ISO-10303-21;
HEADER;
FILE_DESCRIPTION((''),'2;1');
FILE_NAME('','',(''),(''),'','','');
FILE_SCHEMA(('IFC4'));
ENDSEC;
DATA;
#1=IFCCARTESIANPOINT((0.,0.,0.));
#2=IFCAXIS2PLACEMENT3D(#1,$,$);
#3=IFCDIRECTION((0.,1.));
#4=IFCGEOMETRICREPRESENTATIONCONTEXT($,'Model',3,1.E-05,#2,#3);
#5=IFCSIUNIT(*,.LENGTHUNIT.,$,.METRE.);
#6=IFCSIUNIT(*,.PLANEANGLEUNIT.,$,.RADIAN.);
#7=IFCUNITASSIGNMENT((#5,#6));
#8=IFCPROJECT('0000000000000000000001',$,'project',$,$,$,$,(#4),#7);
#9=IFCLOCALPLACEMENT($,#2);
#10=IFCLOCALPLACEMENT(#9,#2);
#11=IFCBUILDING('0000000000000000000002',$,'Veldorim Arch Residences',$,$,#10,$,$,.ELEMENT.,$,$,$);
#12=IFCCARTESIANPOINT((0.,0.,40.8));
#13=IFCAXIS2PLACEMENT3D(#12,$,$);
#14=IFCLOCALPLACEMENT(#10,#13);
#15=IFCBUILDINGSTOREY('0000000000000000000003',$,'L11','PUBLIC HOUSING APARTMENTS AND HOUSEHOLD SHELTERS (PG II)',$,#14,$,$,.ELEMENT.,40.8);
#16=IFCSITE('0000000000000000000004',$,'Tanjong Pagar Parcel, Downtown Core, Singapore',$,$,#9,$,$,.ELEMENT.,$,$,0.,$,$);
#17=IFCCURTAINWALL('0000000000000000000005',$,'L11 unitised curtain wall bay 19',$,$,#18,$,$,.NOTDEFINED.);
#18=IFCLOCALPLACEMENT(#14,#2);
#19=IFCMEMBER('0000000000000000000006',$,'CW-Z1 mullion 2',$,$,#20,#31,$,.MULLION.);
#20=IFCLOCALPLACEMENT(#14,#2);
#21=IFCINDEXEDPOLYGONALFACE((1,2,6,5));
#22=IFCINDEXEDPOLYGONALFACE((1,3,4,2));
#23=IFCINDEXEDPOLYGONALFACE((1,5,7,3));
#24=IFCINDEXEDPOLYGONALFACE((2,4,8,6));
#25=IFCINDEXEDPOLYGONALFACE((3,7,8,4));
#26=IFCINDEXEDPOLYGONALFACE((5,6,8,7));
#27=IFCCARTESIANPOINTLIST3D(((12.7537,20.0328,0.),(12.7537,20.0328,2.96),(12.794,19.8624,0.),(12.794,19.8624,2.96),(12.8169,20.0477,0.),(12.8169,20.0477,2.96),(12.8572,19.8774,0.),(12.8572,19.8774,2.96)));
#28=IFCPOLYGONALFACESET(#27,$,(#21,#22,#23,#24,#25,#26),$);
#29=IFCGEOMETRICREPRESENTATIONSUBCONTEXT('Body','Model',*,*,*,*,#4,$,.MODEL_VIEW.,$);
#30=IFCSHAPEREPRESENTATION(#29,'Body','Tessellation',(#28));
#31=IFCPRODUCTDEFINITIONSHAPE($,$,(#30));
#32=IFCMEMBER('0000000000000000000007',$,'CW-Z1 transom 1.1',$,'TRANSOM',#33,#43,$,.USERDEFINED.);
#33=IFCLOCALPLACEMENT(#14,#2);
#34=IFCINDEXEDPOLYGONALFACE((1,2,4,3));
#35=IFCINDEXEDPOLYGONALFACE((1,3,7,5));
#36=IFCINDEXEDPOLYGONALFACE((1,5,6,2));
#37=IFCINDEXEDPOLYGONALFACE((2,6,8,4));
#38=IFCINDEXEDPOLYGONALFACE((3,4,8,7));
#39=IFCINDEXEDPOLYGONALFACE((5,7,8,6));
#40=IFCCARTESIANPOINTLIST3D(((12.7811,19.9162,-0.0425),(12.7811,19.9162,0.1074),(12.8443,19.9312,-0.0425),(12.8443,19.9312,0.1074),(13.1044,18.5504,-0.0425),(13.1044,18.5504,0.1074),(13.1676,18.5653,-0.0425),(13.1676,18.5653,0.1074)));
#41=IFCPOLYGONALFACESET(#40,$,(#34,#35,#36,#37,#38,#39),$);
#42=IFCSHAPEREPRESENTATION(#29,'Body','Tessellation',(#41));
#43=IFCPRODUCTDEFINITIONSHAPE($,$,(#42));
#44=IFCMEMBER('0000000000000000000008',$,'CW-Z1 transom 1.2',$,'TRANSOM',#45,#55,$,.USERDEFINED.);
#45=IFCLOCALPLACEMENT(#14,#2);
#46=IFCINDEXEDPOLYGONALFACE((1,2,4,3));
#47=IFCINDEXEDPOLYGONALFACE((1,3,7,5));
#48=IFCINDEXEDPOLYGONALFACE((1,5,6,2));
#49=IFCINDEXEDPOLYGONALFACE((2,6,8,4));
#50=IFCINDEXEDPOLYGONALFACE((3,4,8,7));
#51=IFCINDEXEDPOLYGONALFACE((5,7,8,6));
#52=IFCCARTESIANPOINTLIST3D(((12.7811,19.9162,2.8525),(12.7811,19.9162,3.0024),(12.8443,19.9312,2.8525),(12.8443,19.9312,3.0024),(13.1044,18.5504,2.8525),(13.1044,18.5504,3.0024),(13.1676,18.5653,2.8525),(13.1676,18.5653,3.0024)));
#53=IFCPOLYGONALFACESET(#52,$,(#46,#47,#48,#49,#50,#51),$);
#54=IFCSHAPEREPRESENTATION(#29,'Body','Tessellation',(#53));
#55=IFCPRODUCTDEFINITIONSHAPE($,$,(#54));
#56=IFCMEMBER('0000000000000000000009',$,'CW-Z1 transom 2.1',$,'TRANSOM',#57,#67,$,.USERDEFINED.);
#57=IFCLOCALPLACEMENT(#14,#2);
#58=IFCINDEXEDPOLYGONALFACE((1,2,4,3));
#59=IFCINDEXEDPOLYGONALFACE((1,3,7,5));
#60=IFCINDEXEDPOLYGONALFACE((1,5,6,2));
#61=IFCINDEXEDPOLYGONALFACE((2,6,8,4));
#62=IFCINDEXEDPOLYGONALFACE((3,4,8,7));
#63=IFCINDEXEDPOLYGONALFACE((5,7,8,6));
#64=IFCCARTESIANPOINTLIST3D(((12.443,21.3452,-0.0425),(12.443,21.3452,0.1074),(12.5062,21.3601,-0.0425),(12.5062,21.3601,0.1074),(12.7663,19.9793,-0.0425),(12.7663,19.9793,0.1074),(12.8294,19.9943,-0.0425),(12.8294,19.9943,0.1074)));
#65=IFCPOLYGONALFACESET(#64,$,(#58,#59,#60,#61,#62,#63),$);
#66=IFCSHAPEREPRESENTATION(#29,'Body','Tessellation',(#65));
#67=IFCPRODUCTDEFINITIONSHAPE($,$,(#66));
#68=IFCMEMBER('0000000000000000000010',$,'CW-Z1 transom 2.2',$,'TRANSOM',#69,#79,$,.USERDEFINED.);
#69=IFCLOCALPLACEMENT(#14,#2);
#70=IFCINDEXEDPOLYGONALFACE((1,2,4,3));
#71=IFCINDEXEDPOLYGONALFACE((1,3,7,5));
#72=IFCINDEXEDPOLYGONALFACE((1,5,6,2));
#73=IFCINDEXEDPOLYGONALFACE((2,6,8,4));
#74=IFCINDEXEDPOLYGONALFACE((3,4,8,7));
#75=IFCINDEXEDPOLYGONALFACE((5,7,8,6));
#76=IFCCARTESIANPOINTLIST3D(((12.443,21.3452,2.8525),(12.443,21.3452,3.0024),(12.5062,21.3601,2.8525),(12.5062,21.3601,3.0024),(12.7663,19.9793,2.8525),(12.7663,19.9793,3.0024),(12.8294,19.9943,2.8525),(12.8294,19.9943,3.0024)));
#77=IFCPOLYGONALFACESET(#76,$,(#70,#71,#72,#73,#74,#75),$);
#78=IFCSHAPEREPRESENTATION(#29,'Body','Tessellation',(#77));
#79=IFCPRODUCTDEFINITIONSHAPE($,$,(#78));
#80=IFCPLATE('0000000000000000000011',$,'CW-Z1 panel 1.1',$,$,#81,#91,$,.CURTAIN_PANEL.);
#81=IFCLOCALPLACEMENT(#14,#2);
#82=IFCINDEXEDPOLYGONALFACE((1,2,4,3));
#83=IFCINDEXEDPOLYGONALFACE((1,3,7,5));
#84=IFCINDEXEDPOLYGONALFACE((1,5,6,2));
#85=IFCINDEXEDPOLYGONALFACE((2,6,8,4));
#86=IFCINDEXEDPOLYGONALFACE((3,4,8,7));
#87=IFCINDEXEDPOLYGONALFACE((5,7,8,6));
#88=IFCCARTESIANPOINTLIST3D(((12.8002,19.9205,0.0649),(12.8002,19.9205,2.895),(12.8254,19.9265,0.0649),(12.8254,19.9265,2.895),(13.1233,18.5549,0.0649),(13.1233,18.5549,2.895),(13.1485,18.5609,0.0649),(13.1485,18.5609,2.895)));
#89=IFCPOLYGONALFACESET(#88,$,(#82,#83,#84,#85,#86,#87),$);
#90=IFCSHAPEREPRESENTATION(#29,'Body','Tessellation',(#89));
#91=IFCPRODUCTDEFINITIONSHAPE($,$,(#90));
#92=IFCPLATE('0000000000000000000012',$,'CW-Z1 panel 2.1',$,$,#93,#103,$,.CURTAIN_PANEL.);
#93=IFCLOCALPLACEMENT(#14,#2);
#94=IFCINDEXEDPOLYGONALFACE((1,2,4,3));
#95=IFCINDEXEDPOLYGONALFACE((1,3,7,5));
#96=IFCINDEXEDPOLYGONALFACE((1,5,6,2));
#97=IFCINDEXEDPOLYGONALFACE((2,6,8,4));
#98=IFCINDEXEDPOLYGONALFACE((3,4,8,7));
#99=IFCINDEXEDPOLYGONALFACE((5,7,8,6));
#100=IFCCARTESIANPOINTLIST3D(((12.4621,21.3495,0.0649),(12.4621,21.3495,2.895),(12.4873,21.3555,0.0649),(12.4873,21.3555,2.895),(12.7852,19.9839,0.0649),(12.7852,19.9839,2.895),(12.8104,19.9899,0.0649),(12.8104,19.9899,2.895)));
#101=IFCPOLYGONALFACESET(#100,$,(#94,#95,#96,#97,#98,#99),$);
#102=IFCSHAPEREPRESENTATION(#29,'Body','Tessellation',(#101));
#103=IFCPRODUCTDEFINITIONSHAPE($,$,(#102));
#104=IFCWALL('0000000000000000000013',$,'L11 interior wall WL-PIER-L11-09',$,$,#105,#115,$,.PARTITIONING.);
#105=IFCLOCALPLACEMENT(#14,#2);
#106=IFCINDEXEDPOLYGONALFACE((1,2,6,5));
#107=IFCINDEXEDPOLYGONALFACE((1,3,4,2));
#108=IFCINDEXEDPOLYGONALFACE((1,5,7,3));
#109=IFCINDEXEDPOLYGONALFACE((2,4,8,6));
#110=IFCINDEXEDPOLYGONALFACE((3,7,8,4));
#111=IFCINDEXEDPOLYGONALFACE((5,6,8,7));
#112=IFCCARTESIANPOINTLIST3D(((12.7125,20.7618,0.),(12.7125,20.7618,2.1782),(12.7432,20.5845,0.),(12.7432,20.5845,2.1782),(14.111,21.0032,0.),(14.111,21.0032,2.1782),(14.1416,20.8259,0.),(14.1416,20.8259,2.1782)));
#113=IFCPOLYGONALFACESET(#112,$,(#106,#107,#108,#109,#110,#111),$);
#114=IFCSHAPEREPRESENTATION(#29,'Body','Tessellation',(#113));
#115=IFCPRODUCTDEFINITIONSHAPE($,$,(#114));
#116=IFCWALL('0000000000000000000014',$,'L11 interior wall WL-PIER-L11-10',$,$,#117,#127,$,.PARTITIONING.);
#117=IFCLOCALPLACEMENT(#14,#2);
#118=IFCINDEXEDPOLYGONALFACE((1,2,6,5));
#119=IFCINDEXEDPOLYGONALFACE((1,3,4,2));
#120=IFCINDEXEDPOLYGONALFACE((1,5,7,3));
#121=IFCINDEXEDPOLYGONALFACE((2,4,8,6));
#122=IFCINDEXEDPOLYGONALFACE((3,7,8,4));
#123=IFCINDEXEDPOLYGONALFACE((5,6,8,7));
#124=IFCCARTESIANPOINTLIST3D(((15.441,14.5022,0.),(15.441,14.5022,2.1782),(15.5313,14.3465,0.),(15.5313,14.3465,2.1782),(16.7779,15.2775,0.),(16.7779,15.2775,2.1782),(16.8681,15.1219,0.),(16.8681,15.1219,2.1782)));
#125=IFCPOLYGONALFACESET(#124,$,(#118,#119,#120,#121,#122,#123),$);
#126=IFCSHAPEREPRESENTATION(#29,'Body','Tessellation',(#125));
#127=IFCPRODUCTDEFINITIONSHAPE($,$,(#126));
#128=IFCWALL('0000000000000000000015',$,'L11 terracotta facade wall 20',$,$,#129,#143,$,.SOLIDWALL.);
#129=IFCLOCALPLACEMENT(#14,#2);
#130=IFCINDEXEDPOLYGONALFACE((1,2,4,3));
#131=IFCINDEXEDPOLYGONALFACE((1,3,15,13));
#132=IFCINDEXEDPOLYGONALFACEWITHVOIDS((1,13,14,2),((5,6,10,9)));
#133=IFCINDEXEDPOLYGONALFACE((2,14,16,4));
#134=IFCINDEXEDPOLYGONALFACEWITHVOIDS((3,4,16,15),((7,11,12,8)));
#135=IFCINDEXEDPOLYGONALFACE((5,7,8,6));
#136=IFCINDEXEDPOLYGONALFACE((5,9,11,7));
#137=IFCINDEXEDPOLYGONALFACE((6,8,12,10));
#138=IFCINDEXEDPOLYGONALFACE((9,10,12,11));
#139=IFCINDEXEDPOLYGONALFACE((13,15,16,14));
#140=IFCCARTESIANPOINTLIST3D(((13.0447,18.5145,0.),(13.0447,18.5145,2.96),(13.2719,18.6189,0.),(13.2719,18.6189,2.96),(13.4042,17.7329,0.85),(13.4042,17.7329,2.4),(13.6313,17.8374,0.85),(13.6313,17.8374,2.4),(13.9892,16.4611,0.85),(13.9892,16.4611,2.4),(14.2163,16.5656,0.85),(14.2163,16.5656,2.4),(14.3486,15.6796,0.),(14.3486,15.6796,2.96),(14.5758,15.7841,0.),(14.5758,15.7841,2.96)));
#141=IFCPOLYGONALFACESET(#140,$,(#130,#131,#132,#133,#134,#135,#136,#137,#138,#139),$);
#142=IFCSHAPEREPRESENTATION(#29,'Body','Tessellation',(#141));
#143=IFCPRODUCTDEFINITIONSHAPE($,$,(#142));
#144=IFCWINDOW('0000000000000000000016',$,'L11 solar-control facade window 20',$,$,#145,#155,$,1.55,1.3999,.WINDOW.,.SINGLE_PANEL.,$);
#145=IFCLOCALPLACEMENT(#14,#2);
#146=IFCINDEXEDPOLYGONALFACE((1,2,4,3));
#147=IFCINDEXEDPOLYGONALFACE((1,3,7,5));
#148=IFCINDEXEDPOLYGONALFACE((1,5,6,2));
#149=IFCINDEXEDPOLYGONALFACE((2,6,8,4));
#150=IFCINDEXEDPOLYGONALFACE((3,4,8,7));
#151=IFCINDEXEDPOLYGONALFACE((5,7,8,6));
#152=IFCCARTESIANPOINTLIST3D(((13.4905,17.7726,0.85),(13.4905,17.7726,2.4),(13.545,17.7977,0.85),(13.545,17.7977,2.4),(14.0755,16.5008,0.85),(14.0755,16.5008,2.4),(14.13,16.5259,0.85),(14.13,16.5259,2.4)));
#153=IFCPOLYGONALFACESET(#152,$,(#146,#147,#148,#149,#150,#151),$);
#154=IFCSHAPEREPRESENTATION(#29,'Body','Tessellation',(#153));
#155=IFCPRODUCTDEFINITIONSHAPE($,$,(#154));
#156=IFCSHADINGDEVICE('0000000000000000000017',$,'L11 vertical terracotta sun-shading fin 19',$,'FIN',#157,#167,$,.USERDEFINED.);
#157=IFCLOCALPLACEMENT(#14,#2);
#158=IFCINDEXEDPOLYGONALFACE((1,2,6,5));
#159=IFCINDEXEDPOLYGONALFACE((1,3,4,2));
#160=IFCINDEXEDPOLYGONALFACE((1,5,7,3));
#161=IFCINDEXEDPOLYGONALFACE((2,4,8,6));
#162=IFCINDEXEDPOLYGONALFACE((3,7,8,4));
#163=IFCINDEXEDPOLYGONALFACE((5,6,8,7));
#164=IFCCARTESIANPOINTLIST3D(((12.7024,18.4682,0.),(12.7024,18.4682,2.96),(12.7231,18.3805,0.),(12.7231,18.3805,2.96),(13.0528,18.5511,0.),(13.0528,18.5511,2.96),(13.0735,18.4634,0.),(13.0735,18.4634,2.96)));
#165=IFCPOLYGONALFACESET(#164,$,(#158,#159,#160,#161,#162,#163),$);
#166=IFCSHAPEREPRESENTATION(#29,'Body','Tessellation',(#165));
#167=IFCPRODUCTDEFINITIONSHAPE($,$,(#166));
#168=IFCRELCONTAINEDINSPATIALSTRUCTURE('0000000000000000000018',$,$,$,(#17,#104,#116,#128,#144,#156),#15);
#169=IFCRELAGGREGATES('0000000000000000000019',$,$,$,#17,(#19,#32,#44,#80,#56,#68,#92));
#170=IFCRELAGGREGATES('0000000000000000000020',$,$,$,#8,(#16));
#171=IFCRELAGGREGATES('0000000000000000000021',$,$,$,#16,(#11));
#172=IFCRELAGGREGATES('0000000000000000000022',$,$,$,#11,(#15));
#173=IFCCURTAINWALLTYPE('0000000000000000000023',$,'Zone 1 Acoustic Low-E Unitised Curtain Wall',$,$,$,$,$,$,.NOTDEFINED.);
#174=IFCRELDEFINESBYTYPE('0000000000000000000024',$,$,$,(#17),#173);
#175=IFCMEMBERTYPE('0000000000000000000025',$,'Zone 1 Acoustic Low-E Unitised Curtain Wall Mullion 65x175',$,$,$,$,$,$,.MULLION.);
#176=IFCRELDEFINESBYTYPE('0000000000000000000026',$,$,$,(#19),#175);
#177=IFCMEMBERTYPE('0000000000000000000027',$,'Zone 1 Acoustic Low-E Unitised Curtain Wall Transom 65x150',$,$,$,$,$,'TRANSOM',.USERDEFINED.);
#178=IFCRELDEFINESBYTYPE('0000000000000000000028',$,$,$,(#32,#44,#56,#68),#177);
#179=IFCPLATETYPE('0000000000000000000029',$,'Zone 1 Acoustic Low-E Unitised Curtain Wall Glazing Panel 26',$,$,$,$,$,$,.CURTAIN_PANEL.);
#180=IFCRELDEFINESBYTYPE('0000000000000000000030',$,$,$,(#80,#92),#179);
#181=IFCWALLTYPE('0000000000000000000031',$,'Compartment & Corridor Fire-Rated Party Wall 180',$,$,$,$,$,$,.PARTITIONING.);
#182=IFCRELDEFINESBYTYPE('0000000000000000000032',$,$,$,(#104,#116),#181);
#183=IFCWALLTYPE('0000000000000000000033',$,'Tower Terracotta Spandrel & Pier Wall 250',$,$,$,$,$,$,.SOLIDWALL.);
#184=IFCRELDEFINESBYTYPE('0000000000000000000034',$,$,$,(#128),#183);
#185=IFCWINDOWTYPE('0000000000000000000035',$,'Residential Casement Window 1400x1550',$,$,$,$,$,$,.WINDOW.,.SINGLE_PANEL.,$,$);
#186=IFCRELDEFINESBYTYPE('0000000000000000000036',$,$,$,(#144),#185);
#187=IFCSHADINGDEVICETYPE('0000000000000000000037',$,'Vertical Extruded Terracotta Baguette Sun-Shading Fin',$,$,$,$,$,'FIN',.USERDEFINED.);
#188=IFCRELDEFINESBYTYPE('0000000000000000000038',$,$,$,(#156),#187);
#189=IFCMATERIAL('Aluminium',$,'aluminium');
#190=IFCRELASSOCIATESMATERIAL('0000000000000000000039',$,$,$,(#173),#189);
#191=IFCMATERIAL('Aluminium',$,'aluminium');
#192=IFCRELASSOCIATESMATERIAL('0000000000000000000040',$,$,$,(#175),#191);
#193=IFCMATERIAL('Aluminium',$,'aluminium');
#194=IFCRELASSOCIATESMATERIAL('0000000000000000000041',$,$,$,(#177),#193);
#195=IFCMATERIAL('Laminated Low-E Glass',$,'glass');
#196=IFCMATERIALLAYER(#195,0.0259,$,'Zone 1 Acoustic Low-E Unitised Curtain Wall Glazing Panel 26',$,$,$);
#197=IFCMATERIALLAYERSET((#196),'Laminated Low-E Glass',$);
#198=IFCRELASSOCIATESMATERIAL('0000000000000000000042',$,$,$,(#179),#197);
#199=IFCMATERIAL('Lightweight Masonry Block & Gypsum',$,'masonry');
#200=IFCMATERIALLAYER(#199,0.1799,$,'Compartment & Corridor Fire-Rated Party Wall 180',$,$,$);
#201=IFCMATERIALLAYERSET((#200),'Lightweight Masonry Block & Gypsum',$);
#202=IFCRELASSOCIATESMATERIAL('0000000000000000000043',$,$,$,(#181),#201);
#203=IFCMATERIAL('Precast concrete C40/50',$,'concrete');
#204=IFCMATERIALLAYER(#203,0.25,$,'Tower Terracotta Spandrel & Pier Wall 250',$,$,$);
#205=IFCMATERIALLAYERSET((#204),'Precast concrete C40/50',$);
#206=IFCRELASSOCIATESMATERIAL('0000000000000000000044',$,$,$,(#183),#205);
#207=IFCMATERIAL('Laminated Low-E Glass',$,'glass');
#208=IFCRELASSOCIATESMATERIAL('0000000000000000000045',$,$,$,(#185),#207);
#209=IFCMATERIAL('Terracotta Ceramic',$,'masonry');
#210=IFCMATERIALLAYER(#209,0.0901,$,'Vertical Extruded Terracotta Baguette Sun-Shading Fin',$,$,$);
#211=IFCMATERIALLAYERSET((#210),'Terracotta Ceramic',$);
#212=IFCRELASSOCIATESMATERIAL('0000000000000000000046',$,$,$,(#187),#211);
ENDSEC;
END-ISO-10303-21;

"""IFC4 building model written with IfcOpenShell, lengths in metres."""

from ifc_helpers import new_model, si_unit, direction, frame, frame_2d, origin, origin_2d, place, context, subcontext, project, spatial, rectangle, extrude, material, layer, layer_set, material_profile, profile_set, type_object, element, fill, aggregate, save


model = new_model("IFC4")

# Units and contexts
model_context = context("Model", 3, precision=1e-05, world=origin(), true_north=direction((0.0, 1.0)))
body_context = subcontext(model_context, "Body", "Model", "MODEL_VIEW")
ifc_project = project(units=[si_unit("LENGTHUNIT", "METRE"), si_unit("PLANEANGLEUNIT", "RADIAN")], contexts=[model_context])

# Site, building, storey
site_placement = place(None, origin())
site = spatial("IfcSite", under=ifc_project, at=site_placement, Name="Tanjong Pagar Parcel, Downtown Core, Singapore", CompositionType="ELEMENT", RefElevation=0.0)
building_placement = place(site_placement, origin())
building = spatial("IfcBuilding", under=site, at=building_placement, Name="Veldorim Arch Residences", CompositionType="ELEMENT")
storey_placement = place(building_placement, frame((0.0, 0.0, 40.8)))
storey = spatial("IfcBuildingStorey", under=building, at=storey_placement, Name="L11", Description="PUBLIC HOUSING APARTMENTS AND HOUSEHOLD SHELTERS (PG II)", CompositionType="ELEMENT", Elevation=40.8)

# Curtain wall, members, plates
ifc_material_1 = material(Name="Aluminium", Category="aluminium")
curtain_wall_type = type_object("IfcCurtainWallType", Name="Zone 1 Acoustic Low-E Unitised Curtain Wall", PredefinedType="NOTDEFINED", material=ifc_material_1)
curtain_wall_placement = place(storey_placement, origin())
curtain_wall = element("IfcCurtainWall", 1, at=curtain_wall_placement, inside=storey, type_object=curtain_wall_type, Name="L11 unitised curtain wall bay 19", PredefinedType="NOTDEFINED")
ifc_material_2 = material(Name="Aluminium", Category="aluminium")
ifc_material_profile_1 = material_profile(ifc_material_2, rectangle(XDim=0.0649, YDim=0.175, at=origin_2d()), Name="ALU_MUL_65x175")
ifc_profile_set_1 = profile_set([ifc_material_profile_1], Name="Aluminium")
member_type_1 = type_object("IfcMemberType", Name="Zone 1 Acoustic Low-E Unitised Curtain Wall Mullion 65x175", PredefinedType="MULLION", material=ifc_profile_set_1)
member_1_placement = place(storey_placement, frame((12.8054, 19.9551, 0.0), z_axis=(0.0, 0.0, 1.0), x_axis=(-0.97313, -0.230257, 0.0)))
member_1 = element("IfcMember", 2, at=member_1_placement, type_object=member_type_1, Name="CW-Z1 mullion 2", PredefinedType="MULLION", context=body_context, shape_type="SweptSolid", body=[
    extrude(rectangle(XDim=0.0649, YDim=0.175, at=origin_2d()), origin(), (0.0, 0.0, 1.0), 2.96),
])
ifc_material_3 = material(Name="Aluminium", Category="aluminium")
ifc_material_profile_2 = material_profile(ifc_material_3, rectangle(XDim=0.0649, YDim=0.1499, at=origin_2d()), Name="ALU_TRN_65x150")
ifc_profile_set_2 = profile_set([ifc_material_profile_2], Name="Aluminium")
member_type_2 = type_object("IfcMemberType", Name="Zone 1 Acoustic Low-E Unitised Curtain Wall Transom 65x150", ElementType="TRANSOM", PredefinedType="USERDEFINED", material=ifc_profile_set_2)
member_2_placement = place(storey_placement, frame((13.136, 18.5579, 0.0325), z_axis=(-0.230319, 0.973115, 0.0), x_axis=(-0.973115, -0.230319, 0.0)))
member_2 = element("IfcMember", 3, at=member_2_placement, type_object=member_type_2, Name="CW-Z1 transom 1.1", ObjectType="TRANSOM", PredefinedType="USERDEFINED", context=body_context, shape_type="SweptSolid", body=[
    extrude(rectangle(XDim=0.0649, YDim=0.1499, at=origin_2d()), origin(), (0.0, 0.0, 1.0), 1.4036),
])
member_3_placement = place(storey_placement, frame((13.136, 18.5579, 2.9275), z_axis=(-0.230319, 0.973115, 0.0), x_axis=(-0.973115, -0.230319, 0.0)))
member_3 = element("IfcMember", 4, at=member_3_placement, type_object=member_type_2, Name="CW-Z1 transom 1.2", ObjectType="TRANSOM", PredefinedType="USERDEFINED", context=body_context, shape_type="SweptSolid", body=[
    extrude(rectangle(XDim=0.0649, YDim=0.1499, at=origin_2d()), origin(), (0.0, 0.0, 1.0), 1.4036),
])
member_4_placement = place(storey_placement, frame((12.7979, 19.9868, 0.0325), z_axis=(-0.230319, 0.973115, 0.0), x_axis=(-0.973115, -0.230319, 0.0)))
member_4 = element("IfcMember", 5, at=member_4_placement, type_object=member_type_2, Name="CW-Z1 transom 2.1", ObjectType="TRANSOM", PredefinedType="USERDEFINED", context=body_context, shape_type="SweptSolid", body=[
    extrude(rectangle(XDim=0.0649, YDim=0.1499, at=origin_2d()), origin(), (0.0, 0.0, 1.0), 1.4036),
])
member_5_placement = place(storey_placement, frame((12.7979, 19.9868, 2.9275), z_axis=(-0.230319, 0.973115, 0.0), x_axis=(-0.973115, -0.230319, 0.0)))
member_5 = element("IfcMember", 6, at=member_5_placement, type_object=member_type_2, Name="CW-Z1 transom 2.2", ObjectType="TRANSOM", PredefinedType="USERDEFINED", context=body_context, shape_type="SweptSolid", body=[
    extrude(rectangle(XDim=0.0649, YDim=0.1499, at=origin_2d()), origin(), (0.0, 0.0, 1.0), 1.4036),
])
ifc_material_4 = material(Name="Laminated Low-E Glass", Category="glass")
ifc_layer_1 = layer(ifc_material_4, 0.0259, Name="Zone 1 Acoustic Low-E Unitised Curtain Wall Glazing Panel 26")
ifc_layer_set_1 = layer_set([ifc_layer_1], Name="Laminated Low-E Glass")
plate_type = type_object("IfcPlateType", Name="Zone 1 Acoustic Low-E Unitised Curtain Wall Glazing Panel 26", PredefinedType="CURTAIN_PANEL", material=ifc_layer_set_1)
plate_1_placement = place(storey_placement, frame((12.9744, 19.2407, 0.0649), z_axis=(0.0, 0.0, 1.0), x_axis=(-0.230257, 0.97313, 0.0)))
plate_1 = element("IfcPlate", 7, at=plate_1_placement, type_object=plate_type, Name="CW-Z1 panel 1.1", PredefinedType="CURTAIN_PANEL", context=body_context, shape_type="SweptSolid", body=[
    extrude(rectangle(XDim=1.4033, YDim=0.0259, at=origin_2d()), origin(), (0.0, 0.0, 1.0), 2.8301),
])
plate_2_placement = place(storey_placement, frame((12.6362, 20.6697, 0.0649), z_axis=(0.0, 0.0, 1.0), x_axis=(-0.230257, 0.97313, 0.0)))
plate_2 = element("IfcPlate", 8, at=plate_2_placement, type_object=plate_type, Name="CW-Z1 panel 2.1", PredefinedType="CURTAIN_PANEL", context=body_context, shape_type="SweptSolid", body=[
    extrude(rectangle(XDim=1.4033, YDim=0.0259, at=origin_2d()), origin(), (0.0, 0.0, 1.0), 2.8301),
])
aggregate(curtain_wall, [member_1, member_2, member_3, plate_1, member_4, member_5, plate_2])

# Walls
ifc_material_5 = material(Name="Lightweight Masonry Block & Gypsum", Category="masonry")
ifc_layer_2 = layer(ifc_material_5, 0.1799, Name="Compartment & Corridor Fire-Rated Party Wall 180")
ifc_layer_set_2 = layer_set([ifc_layer_2], Name="Lightweight Masonry Block & Gypsum")
wall_type_1 = type_object("IfcWallType", Name="Compartment & Corridor Fire-Rated Party Wall 180", PredefinedType="PARTITIONING", material=ifc_layer_set_2)
wall_1_placement = place(storey_placement, frame((14.1262, 20.9146, 0.0), z_axis=(0.0, 0.0, 1.0), x_axis=(-0.985419, -0.170143, 0.0)))
element("IfcWall", 9, at=wall_1_placement, inside=storey, type_object=wall_type_1, Name="L11 interior wall WL-PIER-L11-09", PredefinedType="PARTITIONING", context=body_context, shape_type="SweptSolid", body=[
    extrude(rectangle(XDim=1.4192, YDim=0.1799, at=frame_2d((0.7095, 0.0))), origin(), (0.0, 0.0, 1.0), 2.1782),
])
wall_2_placement = place(storey_placement, frame((16.823, 15.1997, 0.0), z_axis=(0.0, 0.0, 1.0), x_axis=(-0.865037, -0.501709, 0.0)))
element("IfcWall", 10, at=wall_2_placement, inside=storey, type_object=wall_type_1, Name="L11 interior wall WL-PIER-L11-10", PredefinedType="PARTITIONING", context=body_context, shape_type="SweptSolid", body=[
    extrude(rectangle(XDim=1.5454, YDim=0.1799, at=frame_2d((0.7727, 0.0))), origin(), (0.0, 0.0, 1.0), 2.1782),
])

# Wall, opening, window
ifc_material_6 = material(Name="Precast concrete C40/50", Category="concrete")
ifc_layer_3 = layer(ifc_material_6, 0.25, Name="Tower Terracotta Spandrel & Pier Wall 250")
ifc_layer_set_3 = layer_set([ifc_layer_3], Name="Precast concrete C40/50")
wall_type_2 = type_object("IfcWallType", Name="Tower Terracotta Spandrel & Pier Wall 250", PredefinedType="SOLIDWALL", material=ifc_layer_set_3)
wall_3_placement = place(storey_placement, frame((14.4622, 15.7319, 0.0), z_axis=(0.0, 0.0, 1.0), x_axis=(-0.417872, 0.908506, 0.0)))
wall_3 = element("IfcWall", 11, at=wall_3_placement, inside=storey, type_object=wall_type_2, Name="L11 terracotta facade wall 20", PredefinedType="SOLIDWALL", context=body_context, shape_type="SweptSolid", body=[
    extrude(rectangle(XDim=3.1204, YDim=0.25, at=frame_2d((1.5601, 0.0))), origin(), (0.0, 0.0, 1.0), 2.96),
])
opening_placement = place(wall_3_placement, frame((0.8601, 0.0, 0.8501)))
opening = element("IfcOpeningElement", 12, at=opening_placement, cuts=wall_3, PredefinedType="OPENING", context=body_context, shape_type="SweptSolid", body=[
    extrude(rectangle(XDim=1.3999, YDim=1.55, at=frame_2d((0.7, 0.7749))), frame((0.0, 0.135, 0.0), z_axis=(0.0, -1.0, 0.0), x_axis=(1.0, 0.0, 0.0)), (0.0, 0.0, 1.0), 0.27),
])
ifc_material_7 = material(Name="Laminated Low-E Glass", Category="glass")
window_type = type_object("IfcWindowType", Name="Residential Casement Window 1400x1550", PartitioningType="SINGLE_PANEL", PredefinedType="WINDOW", material=ifc_material_7)
window_placement = place(opening_placement, origin())
window = element("IfcWindow", 13, at=window_placement, inside=storey, type_object=window_type, Name="L11 solar-control facade window 20", OverallHeight=1.55, OverallWidth=1.3999, PartitioningType="SINGLE_PANEL", PredefinedType="WINDOW", context=body_context, shape_type="SweptSolid", body=[
    extrude(rectangle(XDim=1.3999, YDim=1.55, at=frame_2d((0.7, 0.7749))), frame((0.0, 0.03, 0.0), z_axis=(0.0, -1.0, 0.0), x_axis=(1.0, 0.0, 0.0)), (0.0, 0.0, 1.0), 0.0601),
])
fill(opening, window)

# Shading device
ifc_material_8 = material(Name="Terracotta Ceramic", Category="masonry")
ifc_layer_4 = layer(ifc_material_8, 0.0901, Name="Vertical Extruded Terracotta Baguette Sun-Shading Fin")
ifc_layer_set_4 = layer_set([ifc_layer_4], Name="Terracotta Ceramic")
shading_device_type = type_object("IfcShadingDeviceType", Name="Vertical Extruded Terracotta Baguette Sun-Shading Fin", ElementType="FIN", PredefinedType="USERDEFINED", material=ifc_layer_set_4)
shading_device_placement = place(storey_placement, frame((12.8879, 18.4658, 0.0), z_axis=(0.0, 0.0, 1.0), x_axis=(-0.23022, 0.973139, 0.0)))
element("IfcShadingDevice", 14, at=shading_device_placement, inside=storey, type_object=shading_device_type, Name="L11 vertical terracotta sun-shading fin 19", ObjectType="FIN", PredefinedType="USERDEFINED", context=body_context, shape_type="SweptSolid", body=[
    extrude(rectangle(XDim=0.0901, YDim=0.3601, at=origin_2d()), origin(), (0.0, 0.0, 1.0), 2.96),
])

save(model, "model.ifc")
